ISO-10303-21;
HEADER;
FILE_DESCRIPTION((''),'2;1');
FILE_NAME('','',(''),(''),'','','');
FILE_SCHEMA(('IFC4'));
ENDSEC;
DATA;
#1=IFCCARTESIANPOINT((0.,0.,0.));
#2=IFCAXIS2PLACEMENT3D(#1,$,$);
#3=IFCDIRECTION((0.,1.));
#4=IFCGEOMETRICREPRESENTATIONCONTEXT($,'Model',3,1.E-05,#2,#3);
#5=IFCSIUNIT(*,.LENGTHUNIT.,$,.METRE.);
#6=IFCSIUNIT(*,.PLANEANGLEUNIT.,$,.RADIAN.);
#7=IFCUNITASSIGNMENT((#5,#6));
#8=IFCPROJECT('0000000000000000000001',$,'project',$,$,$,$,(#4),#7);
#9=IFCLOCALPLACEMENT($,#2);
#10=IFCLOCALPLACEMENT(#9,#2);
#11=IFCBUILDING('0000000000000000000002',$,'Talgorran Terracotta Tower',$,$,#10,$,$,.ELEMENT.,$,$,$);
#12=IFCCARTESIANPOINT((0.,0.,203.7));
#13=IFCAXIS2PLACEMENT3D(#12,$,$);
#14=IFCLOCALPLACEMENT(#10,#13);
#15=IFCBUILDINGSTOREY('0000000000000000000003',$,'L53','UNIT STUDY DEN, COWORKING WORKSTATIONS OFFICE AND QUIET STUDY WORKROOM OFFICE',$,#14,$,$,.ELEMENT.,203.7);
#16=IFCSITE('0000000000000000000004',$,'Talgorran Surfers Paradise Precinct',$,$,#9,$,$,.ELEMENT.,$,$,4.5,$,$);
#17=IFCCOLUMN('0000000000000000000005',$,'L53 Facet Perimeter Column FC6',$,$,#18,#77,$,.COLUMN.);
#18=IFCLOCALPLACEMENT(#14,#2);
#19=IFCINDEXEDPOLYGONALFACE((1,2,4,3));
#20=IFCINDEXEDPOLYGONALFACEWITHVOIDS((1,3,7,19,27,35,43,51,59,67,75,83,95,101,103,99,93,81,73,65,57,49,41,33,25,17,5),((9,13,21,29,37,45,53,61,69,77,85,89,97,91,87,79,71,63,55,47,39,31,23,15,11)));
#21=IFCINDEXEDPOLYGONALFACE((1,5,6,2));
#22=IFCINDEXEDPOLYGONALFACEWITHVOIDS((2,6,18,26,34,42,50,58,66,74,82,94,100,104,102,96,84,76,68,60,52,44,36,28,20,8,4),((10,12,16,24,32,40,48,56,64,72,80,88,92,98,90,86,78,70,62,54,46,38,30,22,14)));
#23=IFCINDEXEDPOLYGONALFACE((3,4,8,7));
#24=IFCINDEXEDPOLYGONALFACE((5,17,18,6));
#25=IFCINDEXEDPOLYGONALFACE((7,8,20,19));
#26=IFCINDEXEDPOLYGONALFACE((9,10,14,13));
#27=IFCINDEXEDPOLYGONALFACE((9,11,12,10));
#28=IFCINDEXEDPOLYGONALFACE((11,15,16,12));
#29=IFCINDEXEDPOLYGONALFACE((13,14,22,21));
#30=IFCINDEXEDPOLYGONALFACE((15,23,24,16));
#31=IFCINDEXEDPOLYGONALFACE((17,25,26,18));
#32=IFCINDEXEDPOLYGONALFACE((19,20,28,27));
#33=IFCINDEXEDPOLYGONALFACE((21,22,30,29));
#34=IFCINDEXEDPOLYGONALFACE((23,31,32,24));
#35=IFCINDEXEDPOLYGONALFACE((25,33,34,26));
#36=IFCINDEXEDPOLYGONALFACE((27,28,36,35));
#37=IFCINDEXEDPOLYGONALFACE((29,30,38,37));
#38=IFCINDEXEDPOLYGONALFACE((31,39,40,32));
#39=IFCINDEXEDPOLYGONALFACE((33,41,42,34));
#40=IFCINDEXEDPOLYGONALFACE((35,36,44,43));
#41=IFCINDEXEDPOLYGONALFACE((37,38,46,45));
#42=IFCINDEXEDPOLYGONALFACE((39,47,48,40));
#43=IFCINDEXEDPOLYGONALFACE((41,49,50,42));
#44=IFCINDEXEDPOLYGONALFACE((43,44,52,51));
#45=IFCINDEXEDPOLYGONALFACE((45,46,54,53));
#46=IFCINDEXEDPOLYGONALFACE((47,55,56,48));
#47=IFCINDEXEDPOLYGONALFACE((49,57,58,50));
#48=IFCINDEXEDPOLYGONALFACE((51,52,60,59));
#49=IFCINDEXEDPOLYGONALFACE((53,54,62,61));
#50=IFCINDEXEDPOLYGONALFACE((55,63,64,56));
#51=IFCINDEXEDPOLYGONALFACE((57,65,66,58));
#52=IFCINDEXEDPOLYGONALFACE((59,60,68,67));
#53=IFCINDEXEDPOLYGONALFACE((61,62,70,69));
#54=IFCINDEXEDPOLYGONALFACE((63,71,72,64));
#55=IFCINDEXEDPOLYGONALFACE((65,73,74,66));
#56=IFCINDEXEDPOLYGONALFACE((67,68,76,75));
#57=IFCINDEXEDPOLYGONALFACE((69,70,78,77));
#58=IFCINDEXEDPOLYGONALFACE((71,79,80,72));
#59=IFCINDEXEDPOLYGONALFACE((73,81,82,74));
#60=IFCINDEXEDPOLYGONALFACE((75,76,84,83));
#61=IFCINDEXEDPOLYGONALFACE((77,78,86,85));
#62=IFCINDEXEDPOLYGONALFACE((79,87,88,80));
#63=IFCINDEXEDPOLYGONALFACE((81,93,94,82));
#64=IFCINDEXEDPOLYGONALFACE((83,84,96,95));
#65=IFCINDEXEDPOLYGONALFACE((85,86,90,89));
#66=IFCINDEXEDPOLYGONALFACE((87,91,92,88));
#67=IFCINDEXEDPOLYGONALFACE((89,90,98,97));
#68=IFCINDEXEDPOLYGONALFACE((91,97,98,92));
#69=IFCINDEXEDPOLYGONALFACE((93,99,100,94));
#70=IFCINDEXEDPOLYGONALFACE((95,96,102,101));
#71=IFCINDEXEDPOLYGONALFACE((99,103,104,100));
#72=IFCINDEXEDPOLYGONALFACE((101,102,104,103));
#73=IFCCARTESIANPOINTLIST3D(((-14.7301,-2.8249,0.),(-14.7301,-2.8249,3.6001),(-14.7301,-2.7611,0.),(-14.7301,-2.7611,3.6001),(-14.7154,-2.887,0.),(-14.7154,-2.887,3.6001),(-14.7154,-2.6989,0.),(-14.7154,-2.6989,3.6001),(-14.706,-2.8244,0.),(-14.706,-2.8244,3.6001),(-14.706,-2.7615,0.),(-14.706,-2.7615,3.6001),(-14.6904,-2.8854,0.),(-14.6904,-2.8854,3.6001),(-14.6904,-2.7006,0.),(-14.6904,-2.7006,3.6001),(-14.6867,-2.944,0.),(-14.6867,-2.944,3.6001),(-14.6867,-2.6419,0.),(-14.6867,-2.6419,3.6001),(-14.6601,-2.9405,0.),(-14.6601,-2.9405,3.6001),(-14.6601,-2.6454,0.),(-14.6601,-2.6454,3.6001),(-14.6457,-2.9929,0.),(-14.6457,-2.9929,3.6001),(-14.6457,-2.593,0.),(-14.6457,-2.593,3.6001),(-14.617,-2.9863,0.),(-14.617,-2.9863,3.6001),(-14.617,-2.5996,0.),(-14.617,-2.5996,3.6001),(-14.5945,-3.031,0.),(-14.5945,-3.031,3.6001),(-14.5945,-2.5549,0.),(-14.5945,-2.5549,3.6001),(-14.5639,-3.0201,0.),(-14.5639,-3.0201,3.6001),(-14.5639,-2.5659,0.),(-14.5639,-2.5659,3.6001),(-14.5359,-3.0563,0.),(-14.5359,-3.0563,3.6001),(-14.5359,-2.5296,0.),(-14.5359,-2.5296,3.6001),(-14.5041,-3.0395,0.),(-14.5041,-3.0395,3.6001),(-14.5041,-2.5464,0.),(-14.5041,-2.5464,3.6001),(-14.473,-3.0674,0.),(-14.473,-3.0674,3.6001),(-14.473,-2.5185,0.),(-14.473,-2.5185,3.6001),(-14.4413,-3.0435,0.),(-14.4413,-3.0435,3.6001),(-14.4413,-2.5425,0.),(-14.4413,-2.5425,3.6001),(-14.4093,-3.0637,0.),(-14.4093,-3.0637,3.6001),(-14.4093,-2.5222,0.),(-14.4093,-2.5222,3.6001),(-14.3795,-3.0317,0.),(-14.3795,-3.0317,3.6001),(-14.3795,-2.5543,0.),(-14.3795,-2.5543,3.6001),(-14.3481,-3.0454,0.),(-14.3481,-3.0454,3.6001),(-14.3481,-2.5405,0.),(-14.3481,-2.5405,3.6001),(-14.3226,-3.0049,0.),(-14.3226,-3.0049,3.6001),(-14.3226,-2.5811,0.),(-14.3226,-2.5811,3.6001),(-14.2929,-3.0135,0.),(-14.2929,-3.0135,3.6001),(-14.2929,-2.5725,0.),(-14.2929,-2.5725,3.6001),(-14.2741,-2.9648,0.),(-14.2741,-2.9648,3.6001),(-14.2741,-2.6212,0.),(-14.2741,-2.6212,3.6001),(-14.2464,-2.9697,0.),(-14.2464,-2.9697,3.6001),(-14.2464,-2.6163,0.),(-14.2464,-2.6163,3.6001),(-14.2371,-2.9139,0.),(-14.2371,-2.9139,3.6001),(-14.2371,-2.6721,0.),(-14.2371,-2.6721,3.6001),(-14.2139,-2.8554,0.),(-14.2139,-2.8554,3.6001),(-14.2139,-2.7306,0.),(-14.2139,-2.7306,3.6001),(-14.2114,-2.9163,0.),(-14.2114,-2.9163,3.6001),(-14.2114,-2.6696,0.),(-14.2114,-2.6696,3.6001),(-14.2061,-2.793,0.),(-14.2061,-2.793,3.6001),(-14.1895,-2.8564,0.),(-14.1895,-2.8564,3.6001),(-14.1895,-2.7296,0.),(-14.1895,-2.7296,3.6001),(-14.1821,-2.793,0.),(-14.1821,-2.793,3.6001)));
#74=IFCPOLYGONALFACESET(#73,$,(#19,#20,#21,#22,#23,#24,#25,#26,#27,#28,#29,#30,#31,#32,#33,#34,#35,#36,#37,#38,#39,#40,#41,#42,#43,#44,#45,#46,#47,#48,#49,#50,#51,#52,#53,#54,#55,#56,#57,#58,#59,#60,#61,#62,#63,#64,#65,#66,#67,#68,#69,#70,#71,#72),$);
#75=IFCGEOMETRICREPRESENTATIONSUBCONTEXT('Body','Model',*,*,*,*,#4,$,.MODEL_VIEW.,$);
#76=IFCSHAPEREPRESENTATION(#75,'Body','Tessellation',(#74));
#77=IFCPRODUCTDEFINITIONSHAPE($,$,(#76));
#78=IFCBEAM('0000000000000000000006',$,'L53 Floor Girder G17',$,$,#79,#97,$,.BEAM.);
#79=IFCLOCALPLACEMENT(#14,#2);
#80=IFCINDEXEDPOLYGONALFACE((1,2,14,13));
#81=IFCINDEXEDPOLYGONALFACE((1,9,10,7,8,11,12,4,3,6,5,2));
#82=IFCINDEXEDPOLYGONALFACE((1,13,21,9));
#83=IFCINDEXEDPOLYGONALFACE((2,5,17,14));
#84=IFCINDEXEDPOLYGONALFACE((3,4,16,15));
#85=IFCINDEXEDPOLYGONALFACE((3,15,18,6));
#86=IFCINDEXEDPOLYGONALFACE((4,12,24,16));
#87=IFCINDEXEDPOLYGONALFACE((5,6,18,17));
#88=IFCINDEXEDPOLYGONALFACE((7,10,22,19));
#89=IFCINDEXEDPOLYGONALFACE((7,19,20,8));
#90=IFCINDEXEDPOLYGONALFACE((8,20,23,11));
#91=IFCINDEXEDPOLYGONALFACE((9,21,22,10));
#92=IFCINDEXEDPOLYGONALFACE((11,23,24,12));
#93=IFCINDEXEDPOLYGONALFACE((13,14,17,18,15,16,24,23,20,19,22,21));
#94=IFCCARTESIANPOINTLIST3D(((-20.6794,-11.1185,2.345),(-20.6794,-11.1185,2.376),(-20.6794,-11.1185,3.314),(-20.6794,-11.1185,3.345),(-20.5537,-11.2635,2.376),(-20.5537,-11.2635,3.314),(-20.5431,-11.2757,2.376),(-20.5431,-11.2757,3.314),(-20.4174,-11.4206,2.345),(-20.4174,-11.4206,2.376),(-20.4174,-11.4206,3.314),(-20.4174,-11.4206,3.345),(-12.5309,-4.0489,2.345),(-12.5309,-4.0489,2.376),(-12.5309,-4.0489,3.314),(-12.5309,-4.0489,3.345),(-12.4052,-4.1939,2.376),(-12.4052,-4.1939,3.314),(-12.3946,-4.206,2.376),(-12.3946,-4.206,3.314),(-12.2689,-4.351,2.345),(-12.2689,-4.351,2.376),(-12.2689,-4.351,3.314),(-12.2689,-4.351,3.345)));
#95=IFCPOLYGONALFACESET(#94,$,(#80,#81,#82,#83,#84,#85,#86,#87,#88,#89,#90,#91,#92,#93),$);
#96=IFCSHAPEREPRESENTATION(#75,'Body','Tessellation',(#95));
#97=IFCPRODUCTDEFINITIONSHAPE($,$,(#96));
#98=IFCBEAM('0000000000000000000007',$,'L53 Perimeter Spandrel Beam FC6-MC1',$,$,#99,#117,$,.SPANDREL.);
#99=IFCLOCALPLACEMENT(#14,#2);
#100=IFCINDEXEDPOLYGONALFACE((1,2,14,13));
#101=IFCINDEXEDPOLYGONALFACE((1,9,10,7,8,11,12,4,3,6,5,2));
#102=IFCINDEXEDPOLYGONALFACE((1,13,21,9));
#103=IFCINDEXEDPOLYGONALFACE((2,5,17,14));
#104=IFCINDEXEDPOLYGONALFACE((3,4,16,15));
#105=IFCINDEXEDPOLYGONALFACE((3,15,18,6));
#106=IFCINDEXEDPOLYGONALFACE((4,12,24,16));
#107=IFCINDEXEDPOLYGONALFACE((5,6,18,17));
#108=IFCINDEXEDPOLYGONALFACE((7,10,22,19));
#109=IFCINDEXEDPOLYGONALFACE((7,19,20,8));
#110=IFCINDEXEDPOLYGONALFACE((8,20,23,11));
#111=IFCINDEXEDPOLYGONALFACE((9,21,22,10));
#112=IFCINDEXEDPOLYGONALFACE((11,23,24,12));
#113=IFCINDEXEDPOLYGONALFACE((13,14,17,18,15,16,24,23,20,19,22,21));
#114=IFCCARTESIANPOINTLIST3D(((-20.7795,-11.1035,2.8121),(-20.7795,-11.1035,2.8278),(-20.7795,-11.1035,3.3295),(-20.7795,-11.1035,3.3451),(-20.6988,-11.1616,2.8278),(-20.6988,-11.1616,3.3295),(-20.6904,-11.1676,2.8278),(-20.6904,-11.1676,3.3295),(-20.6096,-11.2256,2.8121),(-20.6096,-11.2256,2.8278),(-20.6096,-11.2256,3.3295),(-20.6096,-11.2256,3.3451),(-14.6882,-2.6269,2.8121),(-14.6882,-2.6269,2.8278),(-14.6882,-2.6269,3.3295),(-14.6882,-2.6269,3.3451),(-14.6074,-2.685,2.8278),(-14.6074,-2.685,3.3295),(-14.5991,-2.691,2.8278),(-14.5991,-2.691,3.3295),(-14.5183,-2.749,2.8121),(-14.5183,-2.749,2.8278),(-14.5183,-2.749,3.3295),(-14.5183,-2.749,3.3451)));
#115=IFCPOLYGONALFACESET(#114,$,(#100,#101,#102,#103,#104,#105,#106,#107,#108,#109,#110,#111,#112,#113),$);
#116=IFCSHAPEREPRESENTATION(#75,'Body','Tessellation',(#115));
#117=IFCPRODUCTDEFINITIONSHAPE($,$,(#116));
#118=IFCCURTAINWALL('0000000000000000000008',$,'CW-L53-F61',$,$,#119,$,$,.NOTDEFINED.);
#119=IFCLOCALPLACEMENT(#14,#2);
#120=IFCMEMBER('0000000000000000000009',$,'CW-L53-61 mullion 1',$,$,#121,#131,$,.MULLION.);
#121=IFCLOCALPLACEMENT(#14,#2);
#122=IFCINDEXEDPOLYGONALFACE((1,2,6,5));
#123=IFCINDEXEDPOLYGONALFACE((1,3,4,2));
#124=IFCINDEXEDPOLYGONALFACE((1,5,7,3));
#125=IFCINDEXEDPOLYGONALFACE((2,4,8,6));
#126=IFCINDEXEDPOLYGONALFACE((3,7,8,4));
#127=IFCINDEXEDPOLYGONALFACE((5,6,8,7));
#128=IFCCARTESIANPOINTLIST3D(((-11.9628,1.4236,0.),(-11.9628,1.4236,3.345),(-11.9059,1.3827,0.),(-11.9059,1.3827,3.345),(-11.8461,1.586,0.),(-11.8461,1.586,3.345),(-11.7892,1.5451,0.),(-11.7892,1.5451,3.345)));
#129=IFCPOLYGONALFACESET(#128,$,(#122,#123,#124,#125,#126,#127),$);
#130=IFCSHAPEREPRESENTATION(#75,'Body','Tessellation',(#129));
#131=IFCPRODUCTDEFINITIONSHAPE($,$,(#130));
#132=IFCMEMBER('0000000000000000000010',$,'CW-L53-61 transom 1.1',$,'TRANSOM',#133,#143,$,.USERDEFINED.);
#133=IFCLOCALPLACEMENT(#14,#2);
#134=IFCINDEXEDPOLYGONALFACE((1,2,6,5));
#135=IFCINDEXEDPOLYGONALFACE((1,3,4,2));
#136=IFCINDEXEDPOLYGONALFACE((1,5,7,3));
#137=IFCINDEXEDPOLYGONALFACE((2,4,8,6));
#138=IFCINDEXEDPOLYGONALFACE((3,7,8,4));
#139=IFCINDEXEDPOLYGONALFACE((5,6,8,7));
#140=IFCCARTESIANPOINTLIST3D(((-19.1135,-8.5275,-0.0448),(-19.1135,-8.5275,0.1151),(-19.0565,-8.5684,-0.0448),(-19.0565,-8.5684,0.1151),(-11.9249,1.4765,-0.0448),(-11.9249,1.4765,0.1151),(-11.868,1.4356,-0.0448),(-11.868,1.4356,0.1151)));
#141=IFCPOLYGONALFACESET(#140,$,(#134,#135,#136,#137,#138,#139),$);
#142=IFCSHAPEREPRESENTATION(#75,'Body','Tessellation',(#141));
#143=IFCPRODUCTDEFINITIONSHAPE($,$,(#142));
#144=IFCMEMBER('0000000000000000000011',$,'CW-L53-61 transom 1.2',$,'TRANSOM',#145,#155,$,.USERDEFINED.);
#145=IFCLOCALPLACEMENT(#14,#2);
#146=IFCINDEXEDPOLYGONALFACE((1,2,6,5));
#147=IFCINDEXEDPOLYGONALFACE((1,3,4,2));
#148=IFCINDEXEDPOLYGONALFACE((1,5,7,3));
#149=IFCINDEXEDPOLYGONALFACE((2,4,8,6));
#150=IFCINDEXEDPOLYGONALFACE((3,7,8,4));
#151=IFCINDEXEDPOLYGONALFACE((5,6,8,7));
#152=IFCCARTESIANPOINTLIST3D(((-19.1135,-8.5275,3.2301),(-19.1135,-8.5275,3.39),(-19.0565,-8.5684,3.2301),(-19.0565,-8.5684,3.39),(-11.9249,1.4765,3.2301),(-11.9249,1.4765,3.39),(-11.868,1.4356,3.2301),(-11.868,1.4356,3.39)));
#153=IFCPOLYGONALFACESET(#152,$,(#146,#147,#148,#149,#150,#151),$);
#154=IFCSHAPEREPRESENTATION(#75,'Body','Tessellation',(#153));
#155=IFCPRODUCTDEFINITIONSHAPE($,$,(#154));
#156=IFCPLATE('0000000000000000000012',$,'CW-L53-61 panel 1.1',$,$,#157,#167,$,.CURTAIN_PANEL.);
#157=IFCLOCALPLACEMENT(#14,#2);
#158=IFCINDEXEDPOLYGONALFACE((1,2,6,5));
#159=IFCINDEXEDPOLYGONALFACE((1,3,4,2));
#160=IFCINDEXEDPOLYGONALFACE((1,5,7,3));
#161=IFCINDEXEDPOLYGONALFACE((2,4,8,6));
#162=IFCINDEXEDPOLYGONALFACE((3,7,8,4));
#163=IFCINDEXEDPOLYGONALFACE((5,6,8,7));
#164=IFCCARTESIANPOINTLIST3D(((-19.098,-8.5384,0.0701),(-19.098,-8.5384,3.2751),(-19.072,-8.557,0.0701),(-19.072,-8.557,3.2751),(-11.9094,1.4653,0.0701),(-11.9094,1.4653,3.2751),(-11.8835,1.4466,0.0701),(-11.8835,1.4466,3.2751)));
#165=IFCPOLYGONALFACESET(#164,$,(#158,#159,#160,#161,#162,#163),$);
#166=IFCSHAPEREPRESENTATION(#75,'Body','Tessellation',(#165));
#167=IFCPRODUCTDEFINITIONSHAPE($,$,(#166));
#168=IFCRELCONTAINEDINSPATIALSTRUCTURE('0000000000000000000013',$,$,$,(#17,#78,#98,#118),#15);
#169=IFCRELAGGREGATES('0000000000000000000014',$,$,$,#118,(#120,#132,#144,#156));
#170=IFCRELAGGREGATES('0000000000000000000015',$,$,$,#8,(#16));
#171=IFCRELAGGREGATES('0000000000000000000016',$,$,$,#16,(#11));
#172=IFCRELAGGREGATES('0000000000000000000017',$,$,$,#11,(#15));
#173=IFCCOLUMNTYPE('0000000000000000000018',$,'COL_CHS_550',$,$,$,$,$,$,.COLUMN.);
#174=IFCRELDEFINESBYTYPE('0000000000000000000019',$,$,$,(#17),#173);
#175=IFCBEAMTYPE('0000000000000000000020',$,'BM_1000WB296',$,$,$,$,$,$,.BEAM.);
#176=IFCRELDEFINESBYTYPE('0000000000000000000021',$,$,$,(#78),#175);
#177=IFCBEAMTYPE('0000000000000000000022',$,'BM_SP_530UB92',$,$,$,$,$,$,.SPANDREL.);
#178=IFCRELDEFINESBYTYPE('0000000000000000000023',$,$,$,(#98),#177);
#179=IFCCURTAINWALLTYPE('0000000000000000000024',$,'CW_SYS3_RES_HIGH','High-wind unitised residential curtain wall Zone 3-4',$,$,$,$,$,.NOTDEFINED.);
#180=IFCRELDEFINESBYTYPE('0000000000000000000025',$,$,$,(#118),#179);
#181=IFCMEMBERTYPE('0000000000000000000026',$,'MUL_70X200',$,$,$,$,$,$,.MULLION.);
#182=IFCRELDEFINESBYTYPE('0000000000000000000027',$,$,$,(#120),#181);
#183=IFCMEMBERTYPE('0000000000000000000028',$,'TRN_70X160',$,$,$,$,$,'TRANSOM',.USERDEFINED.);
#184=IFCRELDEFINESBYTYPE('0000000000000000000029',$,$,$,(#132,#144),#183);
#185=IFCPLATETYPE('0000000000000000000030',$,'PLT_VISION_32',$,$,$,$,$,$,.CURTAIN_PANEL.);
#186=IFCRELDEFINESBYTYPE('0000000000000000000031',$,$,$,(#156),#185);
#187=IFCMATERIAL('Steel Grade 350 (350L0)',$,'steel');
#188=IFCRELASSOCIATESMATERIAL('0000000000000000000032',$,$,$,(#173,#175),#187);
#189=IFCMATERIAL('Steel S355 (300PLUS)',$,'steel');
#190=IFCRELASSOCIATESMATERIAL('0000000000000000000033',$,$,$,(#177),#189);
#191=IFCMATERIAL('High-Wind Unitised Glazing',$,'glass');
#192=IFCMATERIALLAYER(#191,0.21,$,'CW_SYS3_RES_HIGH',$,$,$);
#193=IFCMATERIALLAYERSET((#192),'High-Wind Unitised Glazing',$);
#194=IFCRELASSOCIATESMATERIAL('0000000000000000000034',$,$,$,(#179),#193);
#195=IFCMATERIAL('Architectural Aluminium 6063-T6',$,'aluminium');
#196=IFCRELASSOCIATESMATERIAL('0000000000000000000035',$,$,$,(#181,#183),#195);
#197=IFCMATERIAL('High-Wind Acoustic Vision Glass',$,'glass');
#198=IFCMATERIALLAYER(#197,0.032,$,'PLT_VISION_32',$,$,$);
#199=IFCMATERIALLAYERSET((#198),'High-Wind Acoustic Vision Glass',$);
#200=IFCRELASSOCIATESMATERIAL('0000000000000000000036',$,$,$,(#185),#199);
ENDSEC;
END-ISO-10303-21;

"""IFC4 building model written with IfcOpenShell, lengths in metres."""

from ifc_helpers import new_model, si_unit, direction, frame, origin, origin_2d, place, context, subcontext, project, spatial, rectangle, hollow_circle, i_section, extrude, source, transform, mapped, material, layer, layer_set, material_profile, profile_set, type_object, type_shapes, element, aggregate, save


model = new_model("IFC4")

# Units and contexts
model_context = context("Model", 3, precision=1e-05, world=origin(), true_north=direction((0.0, 1.0)))
body_context = subcontext(model_context, "Body", "Model", "MODEL_VIEW")
ifc_project = project(units=[si_unit("LENGTHUNIT", "METRE"), si_unit("PLANEANGLEUNIT", "RADIAN")], contexts=[model_context])

# Site, building, storey
site_placement = place(None, origin())
site = spatial("IfcSite", under=ifc_project, at=site_placement, Name="Talgorran Surfers Paradise Precinct", CompositionType="ELEMENT", RefElevation=4.5)
building_placement = place(site_placement, origin())
building = spatial("IfcBuilding", under=site, at=building_placement, Name="Talgorran Terracotta Tower", CompositionType="ELEMENT")
storey_placement = place(building_placement, frame((0.0, 0.0, 203.7)))
storey = spatial("IfcBuildingStorey", under=building, at=storey_placement, Name="L53", Description="UNIT STUDY DEN, COWORKING WORKSTATIONS OFFICE AND QUIET STUDY WORKROOM OFFICE", CompositionType="ELEMENT", Elevation=203.7)

# Column
ifc_material_1 = material(Name="Steel Grade 350 (350L0)", Category="steel")
ifc_material_profile_1 = material_profile(ifc_material_1, hollow_circle(Radius=0.2749, WallThickness=0.0239, at=origin_2d()), Name="CHS550X24")
ifc_profile_set_1 = profile_set([ifc_material_profile_1], Name="Steel Grade 350 (350L0)")
column_type = type_object("IfcColumnType", Name="COL_CHS_550", PredefinedType="COLUMN", material=ifc_profile_set_1)
column_placement = place(storey_placement, frame((-14.457, -2.793, 0.0), z_axis=(0.0, 0.0, 1.0), x_axis=(1.0, 0.0, 0.0)))
element("IfcColumn", 1, at=column_placement, inside=storey, type_object=column_type, Name="L53 Facet Perimeter Column FC6", PredefinedType="COLUMN", context=body_context, shape_type="SweptSolid", body=[
    extrude(hollow_circle(Radius=0.2749, WallThickness=0.0239, at=origin_2d()), origin(), (0.0, 0.0, 1.0), 3.6001),
])

# Beams
ifc_material_profile_2 = material_profile(ifc_material_1, i_section(OverallWidth=0.3999, OverallDepth=1.0, WebThickness=0.0161, FlangeThickness=0.031, at=origin_2d()), Name="1000WB296")
ifc_profile_set_2 = profile_set([ifc_material_profile_2], Name="Steel Grade 350 (350L0)")
beam_type_1 = type_object("IfcBeamType", Name="BM_1000WB296", PredefinedType="BEAM", material=ifc_profile_set_2)
beam_1_placement = place(storey_placement, frame((-12.3999, -4.2, 2.845), z_axis=(-0.75534, -0.655333, 0.0), x_axis=(0.655333, -0.75534, 0.0)))
element("IfcBeam", 2, at=beam_1_placement, inside=storey, type_object=beam_type_1, Name="L53 Floor Girder G17", PredefinedType="BEAM", context=body_context, shape_type="SweptSolid", body=[
    extrude(i_section(OverallWidth=0.3999, OverallDepth=1.0, WebThickness=0.0161, FlangeThickness=0.031, at=origin_2d()), origin(), (0.0, 0.0, 1.0), 10.7878),
])
ifc_material_2 = material(Name="Steel S355 (300PLUS)", Category="steel")
ifc_material_profile_3 = material_profile(ifc_material_2, i_section(OverallWidth=0.2092, OverallDepth=0.533, WebThickness=0.0103, FlangeThickness=0.0156, at=origin_2d()), Name="530UB92.4")
ifc_profile_set_3 = profile_set([ifc_material_profile_3], Name="Steel S355 (300PLUS)")
beam_type_2 = type_object("IfcBeamType", Name="BM_SP_530UB92", PredefinedType="SPANDREL", material=ifc_profile_set_3)
beam_2_placement = place(storey_placement, frame((-14.6033, -2.688, 3.0786), z_axis=(-0.583559, -0.812071, 0.0), x_axis=(0.812071, -0.583559, 0.0)))
element("IfcBeam", 3, at=beam_2_placement, inside=storey, type_object=beam_type_2, Name="L53 Perimeter Spandrel Beam FC6-MC1", PredefinedType="SPANDREL", context=body_context, shape_type="SweptSolid", body=[
    extrude(i_section(OverallWidth=0.2092, OverallDepth=0.533, WebThickness=0.0103, FlangeThickness=0.0156, at=origin_2d()), origin(), (0.0, 0.0, 1.0), 10.4382),
])

# Curtain wall, members, plate
ifc_material_3 = material(Name="High-Wind Unitised Glazing", Category="glass")
ifc_layer_1 = layer(ifc_material_3, 0.21, Name="CW_SYS3_RES_HIGH")
ifc_layer_set_1 = layer_set([ifc_layer_1], Name="High-Wind Unitised Glazing")
curtain_wall_type = type_object("IfcCurtainWallType", Name="CW_SYS3_RES_HIGH", Description="High-wind unitised residential curtain wall Zone 3-4", PredefinedType="NOTDEFINED", material=ifc_layer_set_1)
curtain_wall_placement = place(storey_placement, origin())
curtain_wall = element("IfcCurtainWall", 4, at=curtain_wall_placement, inside=storey, type_object=curtain_wall_type, Name="CW-L53-F61", PredefinedType="NOTDEFINED")
ifc_material_4 = material(Name="Architectural Aluminium 6063-T6", Category="aluminium")
ifc_material_profile_4 = material_profile(ifc_material_4, rectangle(XDim=0.0701, YDim=0.2, at=origin_2d()), Name="CWM70X200")
ifc_profile_set_4 = profile_set([ifc_material_profile_4], Name="Architectural Aluminium 6063-T6")
member_type_1 = type_object("IfcMemberType", Name="MUL_70X200", PredefinedType="MULLION", material=ifc_profile_set_4)
member_1_placement = place(storey_placement, frame((-11.876, 1.4844, 0.0), z_axis=(0.0, 0.0, 1.0), x_axis=(0.812076, -0.583552, 0.0)))
member_1 = element("IfcMember", 5, at=member_1_placement, type_object=member_type_1, Name="CW-L53-61 mullion 1", PredefinedType="MULLION", context=body_context, shape_type="SweptSolid", body=[
    extrude(rectangle(XDim=0.0701, YDim=0.2, at=origin_2d()), origin(), (0.0, 0.0, 1.0), 3.345),
])
ifc_material_profile_5 = material_profile(ifc_material_4, rectangle(XDim=0.0701, YDim=0.1599, at=origin_2d()), Name="CWT70X160")
ifc_profile_set_5 = profile_set([ifc_material_profile_5], Name="Architectural Aluminium 6063-T6")
member_type_2 = type_object("IfcMemberType", Name="TRN_70X160", ElementType="TRANSOM", PredefinedType="USERDEFINED", material=ifc_profile_set_5)
member_2_placement = place(storey_placement, frame((-11.8965, 1.4561, 0.0352), z_axis=(-0.583538, -0.812086, 0.0), x_axis=(0.812086, -0.583538, 0.0)))
member_2 = element("IfcMember", 6, at=member_2_placement, type_object=member_type_2, Name="CW-L53-61 transom 1.1", ObjectType="TRANSOM", PredefinedType="USERDEFINED", context=body_context, shape_type="SweptSolid", body=[
    extrude(rectangle(XDim=0.0701, YDim=0.1599, at=origin_2d()), origin(), (0.0, 0.0, 1.0), 12.3188),
])
member_3_placement = place(storey_placement, frame((-11.8965, 1.4561, 3.3101), z_axis=(-0.583538, -0.812086, 0.0), x_axis=(0.812086, -0.583538, 0.0)))
member_3 = element("IfcMember", 7, at=member_3_placement, type_object=member_type_2, Name="CW-L53-61 transom 1.2", ObjectType="TRANSOM", PredefinedType="USERDEFINED", context=body_context, shape_type="SweptSolid", body=[
    extrude(rectangle(XDim=0.0701, YDim=0.1599, at=origin_2d()), origin(), (0.0, 0.0, 1.0), 12.3188),
])
ifc_material_5 = material(Name="High-Wind Acoustic Vision Glass", Category="glass")
ifc_layer_2 = layer(ifc_material_5, 0.032, Name="PLT_VISION_32")
ifc_layer_set_2 = layer_set([ifc_layer_2], Name="High-Wind Acoustic Vision Glass")
plate_type = type_object("IfcPlateType", Name="PLT_VISION_32", PredefinedType="CURTAIN_PANEL", material=ifc_layer_set_2)
shared_shape = source(origin(), body_context, "Body", "SweptSolid", [
    extrude(rectangle(XDim=12.3186, YDim=0.032, at=origin_2d()), origin(), (0.0, 0.0, 1.0), 3.2051),
])
type_shapes(plate_type, [shared_shape])
plate_placement = place(storey_placement, frame((-15.4907, -3.5459, 0.0701), z_axis=(0.0, 0.0, 1.0), x_axis=(-0.583552, -0.812076, 0.0)))
plate = element("IfcPlate", 8, at=plate_placement, type_object=plate_type, Name="CW-L53-61 panel 1.1", PredefinedType="CURTAIN_PANEL", context=body_context, shape_type="MappedRepresentation", body=[
    mapped(shared_shape, transform((0.0, 0.0, 0.0), scale=1.0)),
])
aggregate(curtain_wall, [member_1, member_2, member_3, plate])

save(model, "model.ifc")
